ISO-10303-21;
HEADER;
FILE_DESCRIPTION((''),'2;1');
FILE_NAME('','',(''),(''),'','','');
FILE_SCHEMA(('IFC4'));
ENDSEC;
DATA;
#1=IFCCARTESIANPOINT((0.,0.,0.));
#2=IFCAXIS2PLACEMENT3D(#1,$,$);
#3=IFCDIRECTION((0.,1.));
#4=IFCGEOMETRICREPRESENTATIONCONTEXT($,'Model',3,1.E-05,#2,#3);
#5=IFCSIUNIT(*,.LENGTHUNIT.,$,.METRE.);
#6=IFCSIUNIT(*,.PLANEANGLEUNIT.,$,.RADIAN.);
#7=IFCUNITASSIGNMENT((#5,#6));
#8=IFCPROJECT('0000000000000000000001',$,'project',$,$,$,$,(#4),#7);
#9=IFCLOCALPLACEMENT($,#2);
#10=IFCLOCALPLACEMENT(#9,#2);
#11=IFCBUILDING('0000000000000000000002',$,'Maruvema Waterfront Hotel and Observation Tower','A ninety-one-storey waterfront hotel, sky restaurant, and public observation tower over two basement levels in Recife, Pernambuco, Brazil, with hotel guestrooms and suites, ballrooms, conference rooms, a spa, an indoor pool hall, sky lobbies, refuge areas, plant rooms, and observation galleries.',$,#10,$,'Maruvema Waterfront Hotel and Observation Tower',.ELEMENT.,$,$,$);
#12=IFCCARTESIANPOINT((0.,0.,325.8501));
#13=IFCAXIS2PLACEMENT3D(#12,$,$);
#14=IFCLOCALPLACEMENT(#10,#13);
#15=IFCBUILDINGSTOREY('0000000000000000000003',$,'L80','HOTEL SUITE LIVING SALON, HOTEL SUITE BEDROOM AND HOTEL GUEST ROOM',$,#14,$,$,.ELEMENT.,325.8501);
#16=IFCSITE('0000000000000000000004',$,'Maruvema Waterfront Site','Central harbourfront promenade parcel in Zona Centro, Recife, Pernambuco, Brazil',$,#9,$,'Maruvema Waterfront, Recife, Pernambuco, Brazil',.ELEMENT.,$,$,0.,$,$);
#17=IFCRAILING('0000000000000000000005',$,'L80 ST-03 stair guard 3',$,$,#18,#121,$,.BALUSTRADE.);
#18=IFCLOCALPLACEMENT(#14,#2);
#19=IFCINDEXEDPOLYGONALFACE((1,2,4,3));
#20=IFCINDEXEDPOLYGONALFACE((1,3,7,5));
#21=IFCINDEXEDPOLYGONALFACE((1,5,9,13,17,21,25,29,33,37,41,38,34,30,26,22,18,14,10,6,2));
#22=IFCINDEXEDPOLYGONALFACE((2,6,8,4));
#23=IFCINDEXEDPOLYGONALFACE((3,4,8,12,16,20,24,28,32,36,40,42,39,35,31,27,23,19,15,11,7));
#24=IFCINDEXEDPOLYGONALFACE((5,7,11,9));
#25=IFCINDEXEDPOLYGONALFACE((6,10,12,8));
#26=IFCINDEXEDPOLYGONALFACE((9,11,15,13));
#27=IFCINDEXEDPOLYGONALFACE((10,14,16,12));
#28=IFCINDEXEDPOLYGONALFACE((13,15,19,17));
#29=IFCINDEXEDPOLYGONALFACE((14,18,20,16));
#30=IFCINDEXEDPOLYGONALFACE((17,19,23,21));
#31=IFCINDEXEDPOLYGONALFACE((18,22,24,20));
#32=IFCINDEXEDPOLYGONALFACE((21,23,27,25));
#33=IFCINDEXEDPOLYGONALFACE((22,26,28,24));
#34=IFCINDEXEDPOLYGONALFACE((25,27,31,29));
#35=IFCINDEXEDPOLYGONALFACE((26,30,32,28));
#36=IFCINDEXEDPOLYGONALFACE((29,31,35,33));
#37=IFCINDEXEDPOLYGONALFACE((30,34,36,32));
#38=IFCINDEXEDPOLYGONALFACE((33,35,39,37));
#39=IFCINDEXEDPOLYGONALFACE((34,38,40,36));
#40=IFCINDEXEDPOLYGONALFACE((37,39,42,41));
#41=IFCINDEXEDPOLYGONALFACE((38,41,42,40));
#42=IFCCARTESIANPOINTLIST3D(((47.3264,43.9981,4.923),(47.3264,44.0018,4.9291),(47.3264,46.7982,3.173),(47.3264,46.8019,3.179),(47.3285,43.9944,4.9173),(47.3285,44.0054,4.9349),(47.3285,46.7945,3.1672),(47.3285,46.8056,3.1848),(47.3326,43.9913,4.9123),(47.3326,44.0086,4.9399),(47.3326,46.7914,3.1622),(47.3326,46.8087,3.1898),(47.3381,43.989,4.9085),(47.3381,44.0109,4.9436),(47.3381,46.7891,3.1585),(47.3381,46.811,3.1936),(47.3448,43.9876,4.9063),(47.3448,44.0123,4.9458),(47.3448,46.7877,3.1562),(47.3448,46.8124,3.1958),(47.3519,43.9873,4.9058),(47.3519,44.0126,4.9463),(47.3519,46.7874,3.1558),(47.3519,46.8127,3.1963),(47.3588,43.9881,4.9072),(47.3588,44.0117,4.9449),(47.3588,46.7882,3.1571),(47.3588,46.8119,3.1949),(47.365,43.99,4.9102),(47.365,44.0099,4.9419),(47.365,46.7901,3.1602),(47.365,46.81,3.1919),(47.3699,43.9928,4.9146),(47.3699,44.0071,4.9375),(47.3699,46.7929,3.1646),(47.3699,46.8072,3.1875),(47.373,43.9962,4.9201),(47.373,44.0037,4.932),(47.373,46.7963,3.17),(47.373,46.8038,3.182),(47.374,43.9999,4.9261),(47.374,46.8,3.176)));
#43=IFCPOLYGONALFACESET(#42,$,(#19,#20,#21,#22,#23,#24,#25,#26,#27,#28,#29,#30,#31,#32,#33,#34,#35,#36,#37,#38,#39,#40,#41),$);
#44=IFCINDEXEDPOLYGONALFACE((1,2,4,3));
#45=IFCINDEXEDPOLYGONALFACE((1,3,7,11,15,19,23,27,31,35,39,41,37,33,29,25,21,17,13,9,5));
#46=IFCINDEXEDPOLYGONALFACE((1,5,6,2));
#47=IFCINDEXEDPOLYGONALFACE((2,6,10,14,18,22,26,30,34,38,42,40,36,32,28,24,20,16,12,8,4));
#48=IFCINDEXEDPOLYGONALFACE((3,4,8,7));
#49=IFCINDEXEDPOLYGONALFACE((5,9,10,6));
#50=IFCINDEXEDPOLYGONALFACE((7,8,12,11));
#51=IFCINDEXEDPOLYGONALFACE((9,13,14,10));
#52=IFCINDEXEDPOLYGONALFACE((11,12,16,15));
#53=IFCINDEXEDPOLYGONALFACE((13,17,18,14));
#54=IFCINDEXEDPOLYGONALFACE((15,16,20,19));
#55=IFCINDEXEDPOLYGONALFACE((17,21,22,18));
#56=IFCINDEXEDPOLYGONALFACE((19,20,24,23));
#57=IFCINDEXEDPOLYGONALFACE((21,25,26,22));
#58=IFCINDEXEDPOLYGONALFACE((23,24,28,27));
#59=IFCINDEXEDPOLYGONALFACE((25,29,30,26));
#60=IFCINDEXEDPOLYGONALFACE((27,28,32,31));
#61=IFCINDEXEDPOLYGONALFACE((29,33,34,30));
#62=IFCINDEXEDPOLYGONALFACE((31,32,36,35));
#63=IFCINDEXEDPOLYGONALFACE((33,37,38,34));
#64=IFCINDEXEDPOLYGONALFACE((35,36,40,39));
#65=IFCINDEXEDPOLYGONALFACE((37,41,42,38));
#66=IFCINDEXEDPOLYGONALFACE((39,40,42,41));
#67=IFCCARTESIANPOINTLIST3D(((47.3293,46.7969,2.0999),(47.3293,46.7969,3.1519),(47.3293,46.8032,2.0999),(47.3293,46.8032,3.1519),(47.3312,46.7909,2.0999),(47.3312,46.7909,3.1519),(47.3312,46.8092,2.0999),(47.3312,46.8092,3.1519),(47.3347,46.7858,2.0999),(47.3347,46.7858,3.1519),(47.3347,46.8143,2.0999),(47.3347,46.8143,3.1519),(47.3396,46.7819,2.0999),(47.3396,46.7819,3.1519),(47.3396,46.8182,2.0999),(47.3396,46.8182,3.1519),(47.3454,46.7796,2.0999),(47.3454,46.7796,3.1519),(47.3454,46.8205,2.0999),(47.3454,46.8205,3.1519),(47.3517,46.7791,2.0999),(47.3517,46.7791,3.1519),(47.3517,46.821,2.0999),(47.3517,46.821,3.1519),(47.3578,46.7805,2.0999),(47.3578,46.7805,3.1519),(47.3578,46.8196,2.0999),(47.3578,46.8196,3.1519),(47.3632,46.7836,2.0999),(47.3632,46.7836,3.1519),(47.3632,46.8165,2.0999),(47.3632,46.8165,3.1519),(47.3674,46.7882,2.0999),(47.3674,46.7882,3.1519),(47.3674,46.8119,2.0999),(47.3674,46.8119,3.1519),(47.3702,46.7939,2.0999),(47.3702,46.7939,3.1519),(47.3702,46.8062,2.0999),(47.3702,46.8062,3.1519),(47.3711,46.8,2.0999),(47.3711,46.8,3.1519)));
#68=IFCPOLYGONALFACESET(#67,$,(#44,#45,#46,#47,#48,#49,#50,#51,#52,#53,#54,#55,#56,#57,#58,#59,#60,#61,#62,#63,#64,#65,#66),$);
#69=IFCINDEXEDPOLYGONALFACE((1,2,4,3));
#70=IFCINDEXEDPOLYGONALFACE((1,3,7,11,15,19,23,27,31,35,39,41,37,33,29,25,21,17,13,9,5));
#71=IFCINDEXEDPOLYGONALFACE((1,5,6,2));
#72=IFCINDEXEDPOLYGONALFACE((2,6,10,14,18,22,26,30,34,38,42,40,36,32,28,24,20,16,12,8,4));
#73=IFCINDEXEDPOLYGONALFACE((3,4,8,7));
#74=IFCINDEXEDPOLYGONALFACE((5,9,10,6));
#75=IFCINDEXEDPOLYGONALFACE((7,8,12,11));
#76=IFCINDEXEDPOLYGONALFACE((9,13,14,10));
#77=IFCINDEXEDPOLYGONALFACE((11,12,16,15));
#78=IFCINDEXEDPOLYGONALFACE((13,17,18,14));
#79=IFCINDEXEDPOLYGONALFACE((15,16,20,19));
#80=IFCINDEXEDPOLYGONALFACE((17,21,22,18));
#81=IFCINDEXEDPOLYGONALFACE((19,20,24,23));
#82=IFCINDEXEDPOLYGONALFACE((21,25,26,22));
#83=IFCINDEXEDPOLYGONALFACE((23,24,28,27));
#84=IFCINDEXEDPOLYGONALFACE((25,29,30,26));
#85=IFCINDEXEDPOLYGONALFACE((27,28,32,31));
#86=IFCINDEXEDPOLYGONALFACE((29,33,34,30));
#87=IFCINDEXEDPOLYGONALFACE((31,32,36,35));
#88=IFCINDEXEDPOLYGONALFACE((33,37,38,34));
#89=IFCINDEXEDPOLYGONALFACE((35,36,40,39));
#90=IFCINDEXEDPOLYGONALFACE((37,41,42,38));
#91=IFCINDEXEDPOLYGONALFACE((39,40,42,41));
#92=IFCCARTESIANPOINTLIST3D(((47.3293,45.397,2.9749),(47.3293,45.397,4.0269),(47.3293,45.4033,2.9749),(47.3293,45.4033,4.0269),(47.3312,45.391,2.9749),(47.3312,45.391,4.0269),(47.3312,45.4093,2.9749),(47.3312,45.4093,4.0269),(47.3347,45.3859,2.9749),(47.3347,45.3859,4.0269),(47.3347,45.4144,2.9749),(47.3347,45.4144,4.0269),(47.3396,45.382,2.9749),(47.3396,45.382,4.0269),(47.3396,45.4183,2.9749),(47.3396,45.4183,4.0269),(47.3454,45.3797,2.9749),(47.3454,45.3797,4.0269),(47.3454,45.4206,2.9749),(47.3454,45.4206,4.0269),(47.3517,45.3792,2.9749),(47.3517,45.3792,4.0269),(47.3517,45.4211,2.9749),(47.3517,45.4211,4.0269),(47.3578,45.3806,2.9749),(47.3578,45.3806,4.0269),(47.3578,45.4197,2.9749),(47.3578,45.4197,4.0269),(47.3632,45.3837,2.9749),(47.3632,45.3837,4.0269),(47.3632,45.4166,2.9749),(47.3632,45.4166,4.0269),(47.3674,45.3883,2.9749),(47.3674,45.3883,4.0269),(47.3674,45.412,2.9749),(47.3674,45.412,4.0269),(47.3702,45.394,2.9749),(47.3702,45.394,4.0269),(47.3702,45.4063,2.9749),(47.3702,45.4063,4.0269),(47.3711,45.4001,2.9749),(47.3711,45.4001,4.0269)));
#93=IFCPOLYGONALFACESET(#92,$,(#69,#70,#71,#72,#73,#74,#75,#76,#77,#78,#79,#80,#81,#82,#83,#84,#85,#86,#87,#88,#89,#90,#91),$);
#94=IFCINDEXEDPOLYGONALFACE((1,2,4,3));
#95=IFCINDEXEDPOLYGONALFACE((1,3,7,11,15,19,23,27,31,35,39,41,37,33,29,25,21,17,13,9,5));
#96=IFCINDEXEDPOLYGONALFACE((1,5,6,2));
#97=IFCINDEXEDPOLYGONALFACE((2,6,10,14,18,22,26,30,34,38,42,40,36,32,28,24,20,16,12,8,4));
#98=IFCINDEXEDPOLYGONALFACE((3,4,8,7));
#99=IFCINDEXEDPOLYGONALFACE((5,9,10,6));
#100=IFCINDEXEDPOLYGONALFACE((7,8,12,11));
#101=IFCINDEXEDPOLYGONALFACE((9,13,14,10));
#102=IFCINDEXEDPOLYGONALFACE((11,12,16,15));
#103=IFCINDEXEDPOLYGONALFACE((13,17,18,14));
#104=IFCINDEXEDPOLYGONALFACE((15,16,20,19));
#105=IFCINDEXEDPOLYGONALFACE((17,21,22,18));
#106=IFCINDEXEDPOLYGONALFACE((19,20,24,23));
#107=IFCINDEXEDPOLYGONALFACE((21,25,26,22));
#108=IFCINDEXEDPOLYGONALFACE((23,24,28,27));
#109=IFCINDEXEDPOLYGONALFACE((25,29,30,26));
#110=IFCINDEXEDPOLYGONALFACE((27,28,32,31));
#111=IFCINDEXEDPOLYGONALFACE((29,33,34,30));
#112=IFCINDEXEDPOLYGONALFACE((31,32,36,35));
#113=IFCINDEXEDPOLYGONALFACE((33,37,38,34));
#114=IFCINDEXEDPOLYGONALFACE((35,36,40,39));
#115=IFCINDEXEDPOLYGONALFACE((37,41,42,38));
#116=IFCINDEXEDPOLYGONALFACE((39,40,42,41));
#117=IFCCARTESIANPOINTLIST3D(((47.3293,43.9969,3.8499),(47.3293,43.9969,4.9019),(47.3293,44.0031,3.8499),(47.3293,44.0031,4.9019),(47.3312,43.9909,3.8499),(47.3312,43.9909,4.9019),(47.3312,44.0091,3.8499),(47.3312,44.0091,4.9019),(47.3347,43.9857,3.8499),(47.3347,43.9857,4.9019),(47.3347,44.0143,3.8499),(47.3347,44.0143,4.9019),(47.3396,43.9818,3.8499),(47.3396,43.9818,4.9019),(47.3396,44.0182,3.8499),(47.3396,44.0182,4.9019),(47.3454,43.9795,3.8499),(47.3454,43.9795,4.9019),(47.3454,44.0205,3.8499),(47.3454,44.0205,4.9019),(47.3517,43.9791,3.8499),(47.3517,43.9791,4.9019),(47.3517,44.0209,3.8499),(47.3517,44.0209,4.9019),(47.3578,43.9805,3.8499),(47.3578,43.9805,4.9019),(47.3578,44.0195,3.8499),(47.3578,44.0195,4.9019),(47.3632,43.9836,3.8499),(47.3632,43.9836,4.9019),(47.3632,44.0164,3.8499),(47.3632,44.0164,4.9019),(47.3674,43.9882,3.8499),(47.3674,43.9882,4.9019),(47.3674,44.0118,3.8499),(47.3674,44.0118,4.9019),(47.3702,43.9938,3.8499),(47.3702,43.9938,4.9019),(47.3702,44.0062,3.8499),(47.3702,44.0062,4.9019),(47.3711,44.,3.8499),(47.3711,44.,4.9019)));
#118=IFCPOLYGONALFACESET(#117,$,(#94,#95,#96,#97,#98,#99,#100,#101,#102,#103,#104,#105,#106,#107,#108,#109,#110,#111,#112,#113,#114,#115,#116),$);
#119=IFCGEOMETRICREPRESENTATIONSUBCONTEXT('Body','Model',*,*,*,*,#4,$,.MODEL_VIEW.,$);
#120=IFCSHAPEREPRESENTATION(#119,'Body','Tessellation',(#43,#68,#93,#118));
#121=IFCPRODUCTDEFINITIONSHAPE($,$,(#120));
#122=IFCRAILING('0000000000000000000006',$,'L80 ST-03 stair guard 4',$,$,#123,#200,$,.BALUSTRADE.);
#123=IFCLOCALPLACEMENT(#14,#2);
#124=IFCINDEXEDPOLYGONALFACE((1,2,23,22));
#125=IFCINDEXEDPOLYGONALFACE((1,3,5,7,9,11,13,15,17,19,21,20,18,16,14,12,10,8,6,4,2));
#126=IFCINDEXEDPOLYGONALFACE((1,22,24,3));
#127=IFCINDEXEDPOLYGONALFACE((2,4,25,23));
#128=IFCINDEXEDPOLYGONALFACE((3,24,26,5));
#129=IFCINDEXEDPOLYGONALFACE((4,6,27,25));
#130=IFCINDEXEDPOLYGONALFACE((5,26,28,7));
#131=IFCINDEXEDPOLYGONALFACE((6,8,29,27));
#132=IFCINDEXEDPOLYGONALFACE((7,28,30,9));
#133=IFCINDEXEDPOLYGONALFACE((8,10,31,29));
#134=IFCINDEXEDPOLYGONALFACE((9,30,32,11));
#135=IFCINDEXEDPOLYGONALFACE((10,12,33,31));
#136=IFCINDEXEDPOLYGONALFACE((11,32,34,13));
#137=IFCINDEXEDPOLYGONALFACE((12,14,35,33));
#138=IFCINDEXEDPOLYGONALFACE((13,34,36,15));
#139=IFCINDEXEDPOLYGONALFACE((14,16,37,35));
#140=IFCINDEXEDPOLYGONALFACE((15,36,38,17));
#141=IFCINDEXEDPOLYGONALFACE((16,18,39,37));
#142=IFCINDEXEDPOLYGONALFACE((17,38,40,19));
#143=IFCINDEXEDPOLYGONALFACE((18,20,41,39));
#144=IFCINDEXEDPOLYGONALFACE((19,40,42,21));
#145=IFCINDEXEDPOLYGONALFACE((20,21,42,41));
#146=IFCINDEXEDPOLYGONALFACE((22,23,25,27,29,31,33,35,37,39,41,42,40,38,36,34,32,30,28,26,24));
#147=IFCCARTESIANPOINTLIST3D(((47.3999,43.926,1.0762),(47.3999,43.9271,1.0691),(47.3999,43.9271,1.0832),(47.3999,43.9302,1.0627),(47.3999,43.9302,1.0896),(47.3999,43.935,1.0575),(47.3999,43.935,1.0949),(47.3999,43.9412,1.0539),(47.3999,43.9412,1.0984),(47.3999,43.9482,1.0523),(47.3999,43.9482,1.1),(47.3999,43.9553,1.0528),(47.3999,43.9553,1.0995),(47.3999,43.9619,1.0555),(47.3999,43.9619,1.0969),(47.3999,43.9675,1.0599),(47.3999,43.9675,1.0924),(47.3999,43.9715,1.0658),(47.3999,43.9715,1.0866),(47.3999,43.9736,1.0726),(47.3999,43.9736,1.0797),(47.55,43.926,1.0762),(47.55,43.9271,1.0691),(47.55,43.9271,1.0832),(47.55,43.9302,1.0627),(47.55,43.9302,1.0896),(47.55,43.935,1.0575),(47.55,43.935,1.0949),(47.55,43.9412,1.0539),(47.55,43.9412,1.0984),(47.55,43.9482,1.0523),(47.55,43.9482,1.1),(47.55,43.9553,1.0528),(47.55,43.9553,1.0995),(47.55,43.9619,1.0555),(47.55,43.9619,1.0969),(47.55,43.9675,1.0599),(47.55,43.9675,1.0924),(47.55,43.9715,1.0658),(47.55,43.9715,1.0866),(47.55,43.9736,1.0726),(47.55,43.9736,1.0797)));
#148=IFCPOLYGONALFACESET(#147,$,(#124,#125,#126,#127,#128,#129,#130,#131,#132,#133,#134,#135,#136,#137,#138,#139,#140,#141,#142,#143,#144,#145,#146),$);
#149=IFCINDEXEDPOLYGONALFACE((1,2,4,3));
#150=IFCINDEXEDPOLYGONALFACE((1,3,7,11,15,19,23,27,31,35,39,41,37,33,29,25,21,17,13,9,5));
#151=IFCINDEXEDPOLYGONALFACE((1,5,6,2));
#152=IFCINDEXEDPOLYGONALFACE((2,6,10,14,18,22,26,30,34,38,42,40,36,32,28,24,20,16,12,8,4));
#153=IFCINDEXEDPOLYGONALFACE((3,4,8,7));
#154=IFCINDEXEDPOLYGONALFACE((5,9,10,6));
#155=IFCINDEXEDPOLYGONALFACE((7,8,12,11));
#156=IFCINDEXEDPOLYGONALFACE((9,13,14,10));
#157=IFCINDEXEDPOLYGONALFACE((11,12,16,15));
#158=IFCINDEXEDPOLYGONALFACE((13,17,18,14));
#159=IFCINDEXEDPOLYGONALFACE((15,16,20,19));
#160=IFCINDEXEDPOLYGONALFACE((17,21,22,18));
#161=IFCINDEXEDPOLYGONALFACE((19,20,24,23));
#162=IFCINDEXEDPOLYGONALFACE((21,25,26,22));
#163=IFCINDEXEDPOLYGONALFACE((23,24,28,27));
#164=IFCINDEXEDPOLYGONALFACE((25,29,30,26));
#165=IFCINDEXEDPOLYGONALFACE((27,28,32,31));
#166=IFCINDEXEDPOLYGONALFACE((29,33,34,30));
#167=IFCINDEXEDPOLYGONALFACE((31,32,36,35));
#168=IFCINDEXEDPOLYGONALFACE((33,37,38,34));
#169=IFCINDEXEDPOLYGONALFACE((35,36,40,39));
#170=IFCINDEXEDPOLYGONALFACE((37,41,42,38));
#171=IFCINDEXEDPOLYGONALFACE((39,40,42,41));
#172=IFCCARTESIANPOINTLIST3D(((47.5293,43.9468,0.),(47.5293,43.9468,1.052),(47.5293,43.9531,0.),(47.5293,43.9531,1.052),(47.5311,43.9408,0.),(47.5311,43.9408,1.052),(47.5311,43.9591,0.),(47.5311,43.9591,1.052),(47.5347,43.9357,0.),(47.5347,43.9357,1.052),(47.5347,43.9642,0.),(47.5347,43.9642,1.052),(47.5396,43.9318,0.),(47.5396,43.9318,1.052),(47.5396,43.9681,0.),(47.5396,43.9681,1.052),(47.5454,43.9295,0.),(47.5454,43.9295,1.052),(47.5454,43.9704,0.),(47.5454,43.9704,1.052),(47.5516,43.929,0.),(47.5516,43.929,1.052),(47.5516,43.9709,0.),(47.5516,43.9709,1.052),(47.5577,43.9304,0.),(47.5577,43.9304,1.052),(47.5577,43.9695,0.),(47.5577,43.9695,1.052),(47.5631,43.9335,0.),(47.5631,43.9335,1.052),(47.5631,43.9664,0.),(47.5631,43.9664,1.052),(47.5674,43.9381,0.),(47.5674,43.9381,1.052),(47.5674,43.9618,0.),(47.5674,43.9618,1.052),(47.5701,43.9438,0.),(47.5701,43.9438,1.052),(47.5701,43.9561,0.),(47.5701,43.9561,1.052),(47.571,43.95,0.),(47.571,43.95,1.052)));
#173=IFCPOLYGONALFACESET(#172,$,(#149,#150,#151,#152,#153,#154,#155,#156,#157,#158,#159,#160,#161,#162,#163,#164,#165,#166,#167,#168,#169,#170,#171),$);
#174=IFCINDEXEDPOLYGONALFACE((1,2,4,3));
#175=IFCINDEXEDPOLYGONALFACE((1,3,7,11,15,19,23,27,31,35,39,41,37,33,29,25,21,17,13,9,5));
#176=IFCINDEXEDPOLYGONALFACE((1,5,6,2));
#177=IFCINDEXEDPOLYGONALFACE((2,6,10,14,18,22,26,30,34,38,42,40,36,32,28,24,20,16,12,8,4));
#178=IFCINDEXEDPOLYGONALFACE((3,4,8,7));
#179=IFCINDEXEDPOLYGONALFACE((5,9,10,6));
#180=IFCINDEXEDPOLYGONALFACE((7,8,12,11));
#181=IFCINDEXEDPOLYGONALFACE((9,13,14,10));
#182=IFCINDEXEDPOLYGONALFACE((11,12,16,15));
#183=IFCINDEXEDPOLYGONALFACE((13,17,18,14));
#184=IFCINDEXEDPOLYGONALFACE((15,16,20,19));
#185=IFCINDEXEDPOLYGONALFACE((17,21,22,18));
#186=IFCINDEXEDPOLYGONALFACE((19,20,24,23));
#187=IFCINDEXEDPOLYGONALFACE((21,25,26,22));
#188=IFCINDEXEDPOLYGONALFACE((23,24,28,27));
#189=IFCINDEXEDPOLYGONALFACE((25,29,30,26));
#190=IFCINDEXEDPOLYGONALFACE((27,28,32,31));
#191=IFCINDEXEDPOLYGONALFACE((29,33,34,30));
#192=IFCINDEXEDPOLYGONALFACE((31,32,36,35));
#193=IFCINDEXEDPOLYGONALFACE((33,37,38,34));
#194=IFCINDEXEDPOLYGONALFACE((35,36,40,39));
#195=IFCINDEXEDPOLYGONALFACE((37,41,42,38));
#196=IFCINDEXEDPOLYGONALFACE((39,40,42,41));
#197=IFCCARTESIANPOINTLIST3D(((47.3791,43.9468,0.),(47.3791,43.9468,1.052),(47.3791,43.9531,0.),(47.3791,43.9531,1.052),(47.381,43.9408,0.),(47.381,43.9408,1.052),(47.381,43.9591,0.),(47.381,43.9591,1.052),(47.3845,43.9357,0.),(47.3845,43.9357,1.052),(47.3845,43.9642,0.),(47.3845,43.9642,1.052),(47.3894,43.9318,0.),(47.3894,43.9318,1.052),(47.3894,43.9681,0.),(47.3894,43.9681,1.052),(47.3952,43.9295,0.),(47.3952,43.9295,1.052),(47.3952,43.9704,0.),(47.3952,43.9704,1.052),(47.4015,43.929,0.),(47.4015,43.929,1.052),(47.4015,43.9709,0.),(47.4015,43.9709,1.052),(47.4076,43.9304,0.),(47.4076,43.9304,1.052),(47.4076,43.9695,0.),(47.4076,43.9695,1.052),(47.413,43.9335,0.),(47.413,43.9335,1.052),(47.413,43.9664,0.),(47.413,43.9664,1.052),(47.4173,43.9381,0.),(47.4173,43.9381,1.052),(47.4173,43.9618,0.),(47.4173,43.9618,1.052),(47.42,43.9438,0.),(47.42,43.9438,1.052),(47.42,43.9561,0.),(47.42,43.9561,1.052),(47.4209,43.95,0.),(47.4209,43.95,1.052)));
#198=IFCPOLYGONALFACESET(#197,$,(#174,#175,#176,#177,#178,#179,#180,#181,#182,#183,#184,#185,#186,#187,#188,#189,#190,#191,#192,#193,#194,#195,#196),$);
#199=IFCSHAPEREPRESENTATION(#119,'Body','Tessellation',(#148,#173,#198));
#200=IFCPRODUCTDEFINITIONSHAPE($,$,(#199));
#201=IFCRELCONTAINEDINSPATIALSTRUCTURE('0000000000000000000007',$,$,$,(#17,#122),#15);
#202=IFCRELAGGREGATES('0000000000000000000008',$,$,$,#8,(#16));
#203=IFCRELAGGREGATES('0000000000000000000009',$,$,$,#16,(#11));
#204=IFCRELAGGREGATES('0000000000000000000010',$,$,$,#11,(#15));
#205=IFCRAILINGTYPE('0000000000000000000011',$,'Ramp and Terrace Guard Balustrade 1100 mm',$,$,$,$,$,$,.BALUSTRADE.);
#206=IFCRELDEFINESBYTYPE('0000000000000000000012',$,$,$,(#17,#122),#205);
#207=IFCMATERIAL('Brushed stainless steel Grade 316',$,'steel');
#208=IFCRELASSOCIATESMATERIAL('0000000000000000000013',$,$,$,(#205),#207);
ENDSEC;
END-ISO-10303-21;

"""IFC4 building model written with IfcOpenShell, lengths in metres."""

from ifc_helpers import new_model, si_unit, direction, frame, origin, origin_2d, place, context, subcontext, project, spatial, circle, extrude, material, type_object, element, save


model = new_model("IFC4")

# Units and contexts
model_context = context("Model", 3, precision=1e-05, world=origin(), true_north=direction((0.0, 1.0)))
body_context = subcontext(model_context, "Body", "Model", "MODEL_VIEW")
ifc_project = project(units=[si_unit("LENGTHUNIT", "METRE"), si_unit("PLANEANGLEUNIT", "RADIAN")], contexts=[model_context])

# Site, building, storey
site_placement = place(None, origin())
site = spatial("IfcSite", under=ifc_project, at=site_placement, Name="Maruvema Waterfront Site", Description="Central harbourfront promenade parcel in Zona Centro, Recife, Pernambuco, Brazil", LongName="Maruvema Waterfront, Recife, Pernambuco, Brazil", CompositionType="ELEMENT", RefElevation=0.0)
building_placement = place(site_placement, origin())
building = spatial("IfcBuilding", under=site, at=building_placement, Name="Maruvema Waterfront Hotel and Observation Tower", Description="A ninety-one-storey waterfront hotel, sky restaurant, and public observation tower over two basement levels in Recife, Pernambuco, Brazil, with hotel guestrooms and suites, ballrooms, conference rooms, a spa, an indoor pool hall, sky lobbies, refuge areas, plant rooms, and observation galleries.", LongName="Maruvema Waterfront Hotel and Observation Tower", CompositionType="ELEMENT")
storey_placement = place(building_placement, frame((0.0, 0.0, 325.8501)))
storey = spatial("IfcBuildingStorey", under=building, at=storey_placement, Name="L80", Description="HOTEL SUITE LIVING SALON, HOTEL SUITE BEDROOM AND HOTEL GUEST ROOM", CompositionType="ELEMENT", Elevation=325.8501)

# Railings
ifc_material_1 = material(Name="Brushed stainless steel Grade 316", Category="steel")
railing_type_1 = type_object("IfcRailingType", Name="Ramp and Terrace Guard Balustrade 1100 mm", PredefinedType="BALUSTRADE", material=ifc_material_1)
railing_1_placement = place(storey_placement, frame((47.3501, 46.8, 2.0999)))
element("IfcRailing", 1, at=railing_1_placement, inside=storey, type_object=railing_type_1, Name="L80 ST-03 stair guard 3", PredefinedType="BALUSTRADE", context=body_context, shape_type="SweptSolid", body=[
    extrude(circle(Radius=0.0239, at=origin_2d()), frame((0.0, 0.0, 1.0762), z_axis=(0.0, -0.848002, 0.529992), x_axis=(1.0, 0.0, 0.0)), (0.0, 0.0, 1.0), 3.302),
    extrude(circle(Radius=0.021, at=origin_2d()), origin(), (0.0, 0.0, 1.0), 1.052),
    extrude(circle(Radius=0.021, at=origin_2d()), frame((0.0, -1.3999, 0.875)), (0.0, 0.0, 1.0), 1.052),
    extrude(circle(Radius=0.021, at=origin_2d()), frame((0.0, -2.8, 1.75)), (0.0, 0.0, 1.0), 1.052),
])
railing_2_placement = place(storey_placement, frame((47.55, 43.95, 0.0)))
element("IfcRailing", 2, at=railing_2_placement, inside=storey, type_object=railing_type_1, Name="L80 ST-03 stair guard 4", PredefinedType="BALUSTRADE", context=body_context, shape_type="SweptSolid", body=[
    extrude(circle(Radius=0.0239, at=origin_2d()), frame((0.0, 0.0, 1.0762), z_axis=(-1.0, 0.0, 0.0), x_axis=(0.0, -1.0, 0.0)), (0.0, 0.0, 1.0), 0.1501),
    extrude(circle(Radius=0.021, at=origin_2d()), origin(), (0.0, 0.0, 1.0), 1.052),
    extrude(circle(Radius=0.021, at=origin_2d()), frame((-0.1501, 0.0, 0.0)), (0.0, 0.0, 1.0), 1.052),
])

save(model, "model.ifc")
